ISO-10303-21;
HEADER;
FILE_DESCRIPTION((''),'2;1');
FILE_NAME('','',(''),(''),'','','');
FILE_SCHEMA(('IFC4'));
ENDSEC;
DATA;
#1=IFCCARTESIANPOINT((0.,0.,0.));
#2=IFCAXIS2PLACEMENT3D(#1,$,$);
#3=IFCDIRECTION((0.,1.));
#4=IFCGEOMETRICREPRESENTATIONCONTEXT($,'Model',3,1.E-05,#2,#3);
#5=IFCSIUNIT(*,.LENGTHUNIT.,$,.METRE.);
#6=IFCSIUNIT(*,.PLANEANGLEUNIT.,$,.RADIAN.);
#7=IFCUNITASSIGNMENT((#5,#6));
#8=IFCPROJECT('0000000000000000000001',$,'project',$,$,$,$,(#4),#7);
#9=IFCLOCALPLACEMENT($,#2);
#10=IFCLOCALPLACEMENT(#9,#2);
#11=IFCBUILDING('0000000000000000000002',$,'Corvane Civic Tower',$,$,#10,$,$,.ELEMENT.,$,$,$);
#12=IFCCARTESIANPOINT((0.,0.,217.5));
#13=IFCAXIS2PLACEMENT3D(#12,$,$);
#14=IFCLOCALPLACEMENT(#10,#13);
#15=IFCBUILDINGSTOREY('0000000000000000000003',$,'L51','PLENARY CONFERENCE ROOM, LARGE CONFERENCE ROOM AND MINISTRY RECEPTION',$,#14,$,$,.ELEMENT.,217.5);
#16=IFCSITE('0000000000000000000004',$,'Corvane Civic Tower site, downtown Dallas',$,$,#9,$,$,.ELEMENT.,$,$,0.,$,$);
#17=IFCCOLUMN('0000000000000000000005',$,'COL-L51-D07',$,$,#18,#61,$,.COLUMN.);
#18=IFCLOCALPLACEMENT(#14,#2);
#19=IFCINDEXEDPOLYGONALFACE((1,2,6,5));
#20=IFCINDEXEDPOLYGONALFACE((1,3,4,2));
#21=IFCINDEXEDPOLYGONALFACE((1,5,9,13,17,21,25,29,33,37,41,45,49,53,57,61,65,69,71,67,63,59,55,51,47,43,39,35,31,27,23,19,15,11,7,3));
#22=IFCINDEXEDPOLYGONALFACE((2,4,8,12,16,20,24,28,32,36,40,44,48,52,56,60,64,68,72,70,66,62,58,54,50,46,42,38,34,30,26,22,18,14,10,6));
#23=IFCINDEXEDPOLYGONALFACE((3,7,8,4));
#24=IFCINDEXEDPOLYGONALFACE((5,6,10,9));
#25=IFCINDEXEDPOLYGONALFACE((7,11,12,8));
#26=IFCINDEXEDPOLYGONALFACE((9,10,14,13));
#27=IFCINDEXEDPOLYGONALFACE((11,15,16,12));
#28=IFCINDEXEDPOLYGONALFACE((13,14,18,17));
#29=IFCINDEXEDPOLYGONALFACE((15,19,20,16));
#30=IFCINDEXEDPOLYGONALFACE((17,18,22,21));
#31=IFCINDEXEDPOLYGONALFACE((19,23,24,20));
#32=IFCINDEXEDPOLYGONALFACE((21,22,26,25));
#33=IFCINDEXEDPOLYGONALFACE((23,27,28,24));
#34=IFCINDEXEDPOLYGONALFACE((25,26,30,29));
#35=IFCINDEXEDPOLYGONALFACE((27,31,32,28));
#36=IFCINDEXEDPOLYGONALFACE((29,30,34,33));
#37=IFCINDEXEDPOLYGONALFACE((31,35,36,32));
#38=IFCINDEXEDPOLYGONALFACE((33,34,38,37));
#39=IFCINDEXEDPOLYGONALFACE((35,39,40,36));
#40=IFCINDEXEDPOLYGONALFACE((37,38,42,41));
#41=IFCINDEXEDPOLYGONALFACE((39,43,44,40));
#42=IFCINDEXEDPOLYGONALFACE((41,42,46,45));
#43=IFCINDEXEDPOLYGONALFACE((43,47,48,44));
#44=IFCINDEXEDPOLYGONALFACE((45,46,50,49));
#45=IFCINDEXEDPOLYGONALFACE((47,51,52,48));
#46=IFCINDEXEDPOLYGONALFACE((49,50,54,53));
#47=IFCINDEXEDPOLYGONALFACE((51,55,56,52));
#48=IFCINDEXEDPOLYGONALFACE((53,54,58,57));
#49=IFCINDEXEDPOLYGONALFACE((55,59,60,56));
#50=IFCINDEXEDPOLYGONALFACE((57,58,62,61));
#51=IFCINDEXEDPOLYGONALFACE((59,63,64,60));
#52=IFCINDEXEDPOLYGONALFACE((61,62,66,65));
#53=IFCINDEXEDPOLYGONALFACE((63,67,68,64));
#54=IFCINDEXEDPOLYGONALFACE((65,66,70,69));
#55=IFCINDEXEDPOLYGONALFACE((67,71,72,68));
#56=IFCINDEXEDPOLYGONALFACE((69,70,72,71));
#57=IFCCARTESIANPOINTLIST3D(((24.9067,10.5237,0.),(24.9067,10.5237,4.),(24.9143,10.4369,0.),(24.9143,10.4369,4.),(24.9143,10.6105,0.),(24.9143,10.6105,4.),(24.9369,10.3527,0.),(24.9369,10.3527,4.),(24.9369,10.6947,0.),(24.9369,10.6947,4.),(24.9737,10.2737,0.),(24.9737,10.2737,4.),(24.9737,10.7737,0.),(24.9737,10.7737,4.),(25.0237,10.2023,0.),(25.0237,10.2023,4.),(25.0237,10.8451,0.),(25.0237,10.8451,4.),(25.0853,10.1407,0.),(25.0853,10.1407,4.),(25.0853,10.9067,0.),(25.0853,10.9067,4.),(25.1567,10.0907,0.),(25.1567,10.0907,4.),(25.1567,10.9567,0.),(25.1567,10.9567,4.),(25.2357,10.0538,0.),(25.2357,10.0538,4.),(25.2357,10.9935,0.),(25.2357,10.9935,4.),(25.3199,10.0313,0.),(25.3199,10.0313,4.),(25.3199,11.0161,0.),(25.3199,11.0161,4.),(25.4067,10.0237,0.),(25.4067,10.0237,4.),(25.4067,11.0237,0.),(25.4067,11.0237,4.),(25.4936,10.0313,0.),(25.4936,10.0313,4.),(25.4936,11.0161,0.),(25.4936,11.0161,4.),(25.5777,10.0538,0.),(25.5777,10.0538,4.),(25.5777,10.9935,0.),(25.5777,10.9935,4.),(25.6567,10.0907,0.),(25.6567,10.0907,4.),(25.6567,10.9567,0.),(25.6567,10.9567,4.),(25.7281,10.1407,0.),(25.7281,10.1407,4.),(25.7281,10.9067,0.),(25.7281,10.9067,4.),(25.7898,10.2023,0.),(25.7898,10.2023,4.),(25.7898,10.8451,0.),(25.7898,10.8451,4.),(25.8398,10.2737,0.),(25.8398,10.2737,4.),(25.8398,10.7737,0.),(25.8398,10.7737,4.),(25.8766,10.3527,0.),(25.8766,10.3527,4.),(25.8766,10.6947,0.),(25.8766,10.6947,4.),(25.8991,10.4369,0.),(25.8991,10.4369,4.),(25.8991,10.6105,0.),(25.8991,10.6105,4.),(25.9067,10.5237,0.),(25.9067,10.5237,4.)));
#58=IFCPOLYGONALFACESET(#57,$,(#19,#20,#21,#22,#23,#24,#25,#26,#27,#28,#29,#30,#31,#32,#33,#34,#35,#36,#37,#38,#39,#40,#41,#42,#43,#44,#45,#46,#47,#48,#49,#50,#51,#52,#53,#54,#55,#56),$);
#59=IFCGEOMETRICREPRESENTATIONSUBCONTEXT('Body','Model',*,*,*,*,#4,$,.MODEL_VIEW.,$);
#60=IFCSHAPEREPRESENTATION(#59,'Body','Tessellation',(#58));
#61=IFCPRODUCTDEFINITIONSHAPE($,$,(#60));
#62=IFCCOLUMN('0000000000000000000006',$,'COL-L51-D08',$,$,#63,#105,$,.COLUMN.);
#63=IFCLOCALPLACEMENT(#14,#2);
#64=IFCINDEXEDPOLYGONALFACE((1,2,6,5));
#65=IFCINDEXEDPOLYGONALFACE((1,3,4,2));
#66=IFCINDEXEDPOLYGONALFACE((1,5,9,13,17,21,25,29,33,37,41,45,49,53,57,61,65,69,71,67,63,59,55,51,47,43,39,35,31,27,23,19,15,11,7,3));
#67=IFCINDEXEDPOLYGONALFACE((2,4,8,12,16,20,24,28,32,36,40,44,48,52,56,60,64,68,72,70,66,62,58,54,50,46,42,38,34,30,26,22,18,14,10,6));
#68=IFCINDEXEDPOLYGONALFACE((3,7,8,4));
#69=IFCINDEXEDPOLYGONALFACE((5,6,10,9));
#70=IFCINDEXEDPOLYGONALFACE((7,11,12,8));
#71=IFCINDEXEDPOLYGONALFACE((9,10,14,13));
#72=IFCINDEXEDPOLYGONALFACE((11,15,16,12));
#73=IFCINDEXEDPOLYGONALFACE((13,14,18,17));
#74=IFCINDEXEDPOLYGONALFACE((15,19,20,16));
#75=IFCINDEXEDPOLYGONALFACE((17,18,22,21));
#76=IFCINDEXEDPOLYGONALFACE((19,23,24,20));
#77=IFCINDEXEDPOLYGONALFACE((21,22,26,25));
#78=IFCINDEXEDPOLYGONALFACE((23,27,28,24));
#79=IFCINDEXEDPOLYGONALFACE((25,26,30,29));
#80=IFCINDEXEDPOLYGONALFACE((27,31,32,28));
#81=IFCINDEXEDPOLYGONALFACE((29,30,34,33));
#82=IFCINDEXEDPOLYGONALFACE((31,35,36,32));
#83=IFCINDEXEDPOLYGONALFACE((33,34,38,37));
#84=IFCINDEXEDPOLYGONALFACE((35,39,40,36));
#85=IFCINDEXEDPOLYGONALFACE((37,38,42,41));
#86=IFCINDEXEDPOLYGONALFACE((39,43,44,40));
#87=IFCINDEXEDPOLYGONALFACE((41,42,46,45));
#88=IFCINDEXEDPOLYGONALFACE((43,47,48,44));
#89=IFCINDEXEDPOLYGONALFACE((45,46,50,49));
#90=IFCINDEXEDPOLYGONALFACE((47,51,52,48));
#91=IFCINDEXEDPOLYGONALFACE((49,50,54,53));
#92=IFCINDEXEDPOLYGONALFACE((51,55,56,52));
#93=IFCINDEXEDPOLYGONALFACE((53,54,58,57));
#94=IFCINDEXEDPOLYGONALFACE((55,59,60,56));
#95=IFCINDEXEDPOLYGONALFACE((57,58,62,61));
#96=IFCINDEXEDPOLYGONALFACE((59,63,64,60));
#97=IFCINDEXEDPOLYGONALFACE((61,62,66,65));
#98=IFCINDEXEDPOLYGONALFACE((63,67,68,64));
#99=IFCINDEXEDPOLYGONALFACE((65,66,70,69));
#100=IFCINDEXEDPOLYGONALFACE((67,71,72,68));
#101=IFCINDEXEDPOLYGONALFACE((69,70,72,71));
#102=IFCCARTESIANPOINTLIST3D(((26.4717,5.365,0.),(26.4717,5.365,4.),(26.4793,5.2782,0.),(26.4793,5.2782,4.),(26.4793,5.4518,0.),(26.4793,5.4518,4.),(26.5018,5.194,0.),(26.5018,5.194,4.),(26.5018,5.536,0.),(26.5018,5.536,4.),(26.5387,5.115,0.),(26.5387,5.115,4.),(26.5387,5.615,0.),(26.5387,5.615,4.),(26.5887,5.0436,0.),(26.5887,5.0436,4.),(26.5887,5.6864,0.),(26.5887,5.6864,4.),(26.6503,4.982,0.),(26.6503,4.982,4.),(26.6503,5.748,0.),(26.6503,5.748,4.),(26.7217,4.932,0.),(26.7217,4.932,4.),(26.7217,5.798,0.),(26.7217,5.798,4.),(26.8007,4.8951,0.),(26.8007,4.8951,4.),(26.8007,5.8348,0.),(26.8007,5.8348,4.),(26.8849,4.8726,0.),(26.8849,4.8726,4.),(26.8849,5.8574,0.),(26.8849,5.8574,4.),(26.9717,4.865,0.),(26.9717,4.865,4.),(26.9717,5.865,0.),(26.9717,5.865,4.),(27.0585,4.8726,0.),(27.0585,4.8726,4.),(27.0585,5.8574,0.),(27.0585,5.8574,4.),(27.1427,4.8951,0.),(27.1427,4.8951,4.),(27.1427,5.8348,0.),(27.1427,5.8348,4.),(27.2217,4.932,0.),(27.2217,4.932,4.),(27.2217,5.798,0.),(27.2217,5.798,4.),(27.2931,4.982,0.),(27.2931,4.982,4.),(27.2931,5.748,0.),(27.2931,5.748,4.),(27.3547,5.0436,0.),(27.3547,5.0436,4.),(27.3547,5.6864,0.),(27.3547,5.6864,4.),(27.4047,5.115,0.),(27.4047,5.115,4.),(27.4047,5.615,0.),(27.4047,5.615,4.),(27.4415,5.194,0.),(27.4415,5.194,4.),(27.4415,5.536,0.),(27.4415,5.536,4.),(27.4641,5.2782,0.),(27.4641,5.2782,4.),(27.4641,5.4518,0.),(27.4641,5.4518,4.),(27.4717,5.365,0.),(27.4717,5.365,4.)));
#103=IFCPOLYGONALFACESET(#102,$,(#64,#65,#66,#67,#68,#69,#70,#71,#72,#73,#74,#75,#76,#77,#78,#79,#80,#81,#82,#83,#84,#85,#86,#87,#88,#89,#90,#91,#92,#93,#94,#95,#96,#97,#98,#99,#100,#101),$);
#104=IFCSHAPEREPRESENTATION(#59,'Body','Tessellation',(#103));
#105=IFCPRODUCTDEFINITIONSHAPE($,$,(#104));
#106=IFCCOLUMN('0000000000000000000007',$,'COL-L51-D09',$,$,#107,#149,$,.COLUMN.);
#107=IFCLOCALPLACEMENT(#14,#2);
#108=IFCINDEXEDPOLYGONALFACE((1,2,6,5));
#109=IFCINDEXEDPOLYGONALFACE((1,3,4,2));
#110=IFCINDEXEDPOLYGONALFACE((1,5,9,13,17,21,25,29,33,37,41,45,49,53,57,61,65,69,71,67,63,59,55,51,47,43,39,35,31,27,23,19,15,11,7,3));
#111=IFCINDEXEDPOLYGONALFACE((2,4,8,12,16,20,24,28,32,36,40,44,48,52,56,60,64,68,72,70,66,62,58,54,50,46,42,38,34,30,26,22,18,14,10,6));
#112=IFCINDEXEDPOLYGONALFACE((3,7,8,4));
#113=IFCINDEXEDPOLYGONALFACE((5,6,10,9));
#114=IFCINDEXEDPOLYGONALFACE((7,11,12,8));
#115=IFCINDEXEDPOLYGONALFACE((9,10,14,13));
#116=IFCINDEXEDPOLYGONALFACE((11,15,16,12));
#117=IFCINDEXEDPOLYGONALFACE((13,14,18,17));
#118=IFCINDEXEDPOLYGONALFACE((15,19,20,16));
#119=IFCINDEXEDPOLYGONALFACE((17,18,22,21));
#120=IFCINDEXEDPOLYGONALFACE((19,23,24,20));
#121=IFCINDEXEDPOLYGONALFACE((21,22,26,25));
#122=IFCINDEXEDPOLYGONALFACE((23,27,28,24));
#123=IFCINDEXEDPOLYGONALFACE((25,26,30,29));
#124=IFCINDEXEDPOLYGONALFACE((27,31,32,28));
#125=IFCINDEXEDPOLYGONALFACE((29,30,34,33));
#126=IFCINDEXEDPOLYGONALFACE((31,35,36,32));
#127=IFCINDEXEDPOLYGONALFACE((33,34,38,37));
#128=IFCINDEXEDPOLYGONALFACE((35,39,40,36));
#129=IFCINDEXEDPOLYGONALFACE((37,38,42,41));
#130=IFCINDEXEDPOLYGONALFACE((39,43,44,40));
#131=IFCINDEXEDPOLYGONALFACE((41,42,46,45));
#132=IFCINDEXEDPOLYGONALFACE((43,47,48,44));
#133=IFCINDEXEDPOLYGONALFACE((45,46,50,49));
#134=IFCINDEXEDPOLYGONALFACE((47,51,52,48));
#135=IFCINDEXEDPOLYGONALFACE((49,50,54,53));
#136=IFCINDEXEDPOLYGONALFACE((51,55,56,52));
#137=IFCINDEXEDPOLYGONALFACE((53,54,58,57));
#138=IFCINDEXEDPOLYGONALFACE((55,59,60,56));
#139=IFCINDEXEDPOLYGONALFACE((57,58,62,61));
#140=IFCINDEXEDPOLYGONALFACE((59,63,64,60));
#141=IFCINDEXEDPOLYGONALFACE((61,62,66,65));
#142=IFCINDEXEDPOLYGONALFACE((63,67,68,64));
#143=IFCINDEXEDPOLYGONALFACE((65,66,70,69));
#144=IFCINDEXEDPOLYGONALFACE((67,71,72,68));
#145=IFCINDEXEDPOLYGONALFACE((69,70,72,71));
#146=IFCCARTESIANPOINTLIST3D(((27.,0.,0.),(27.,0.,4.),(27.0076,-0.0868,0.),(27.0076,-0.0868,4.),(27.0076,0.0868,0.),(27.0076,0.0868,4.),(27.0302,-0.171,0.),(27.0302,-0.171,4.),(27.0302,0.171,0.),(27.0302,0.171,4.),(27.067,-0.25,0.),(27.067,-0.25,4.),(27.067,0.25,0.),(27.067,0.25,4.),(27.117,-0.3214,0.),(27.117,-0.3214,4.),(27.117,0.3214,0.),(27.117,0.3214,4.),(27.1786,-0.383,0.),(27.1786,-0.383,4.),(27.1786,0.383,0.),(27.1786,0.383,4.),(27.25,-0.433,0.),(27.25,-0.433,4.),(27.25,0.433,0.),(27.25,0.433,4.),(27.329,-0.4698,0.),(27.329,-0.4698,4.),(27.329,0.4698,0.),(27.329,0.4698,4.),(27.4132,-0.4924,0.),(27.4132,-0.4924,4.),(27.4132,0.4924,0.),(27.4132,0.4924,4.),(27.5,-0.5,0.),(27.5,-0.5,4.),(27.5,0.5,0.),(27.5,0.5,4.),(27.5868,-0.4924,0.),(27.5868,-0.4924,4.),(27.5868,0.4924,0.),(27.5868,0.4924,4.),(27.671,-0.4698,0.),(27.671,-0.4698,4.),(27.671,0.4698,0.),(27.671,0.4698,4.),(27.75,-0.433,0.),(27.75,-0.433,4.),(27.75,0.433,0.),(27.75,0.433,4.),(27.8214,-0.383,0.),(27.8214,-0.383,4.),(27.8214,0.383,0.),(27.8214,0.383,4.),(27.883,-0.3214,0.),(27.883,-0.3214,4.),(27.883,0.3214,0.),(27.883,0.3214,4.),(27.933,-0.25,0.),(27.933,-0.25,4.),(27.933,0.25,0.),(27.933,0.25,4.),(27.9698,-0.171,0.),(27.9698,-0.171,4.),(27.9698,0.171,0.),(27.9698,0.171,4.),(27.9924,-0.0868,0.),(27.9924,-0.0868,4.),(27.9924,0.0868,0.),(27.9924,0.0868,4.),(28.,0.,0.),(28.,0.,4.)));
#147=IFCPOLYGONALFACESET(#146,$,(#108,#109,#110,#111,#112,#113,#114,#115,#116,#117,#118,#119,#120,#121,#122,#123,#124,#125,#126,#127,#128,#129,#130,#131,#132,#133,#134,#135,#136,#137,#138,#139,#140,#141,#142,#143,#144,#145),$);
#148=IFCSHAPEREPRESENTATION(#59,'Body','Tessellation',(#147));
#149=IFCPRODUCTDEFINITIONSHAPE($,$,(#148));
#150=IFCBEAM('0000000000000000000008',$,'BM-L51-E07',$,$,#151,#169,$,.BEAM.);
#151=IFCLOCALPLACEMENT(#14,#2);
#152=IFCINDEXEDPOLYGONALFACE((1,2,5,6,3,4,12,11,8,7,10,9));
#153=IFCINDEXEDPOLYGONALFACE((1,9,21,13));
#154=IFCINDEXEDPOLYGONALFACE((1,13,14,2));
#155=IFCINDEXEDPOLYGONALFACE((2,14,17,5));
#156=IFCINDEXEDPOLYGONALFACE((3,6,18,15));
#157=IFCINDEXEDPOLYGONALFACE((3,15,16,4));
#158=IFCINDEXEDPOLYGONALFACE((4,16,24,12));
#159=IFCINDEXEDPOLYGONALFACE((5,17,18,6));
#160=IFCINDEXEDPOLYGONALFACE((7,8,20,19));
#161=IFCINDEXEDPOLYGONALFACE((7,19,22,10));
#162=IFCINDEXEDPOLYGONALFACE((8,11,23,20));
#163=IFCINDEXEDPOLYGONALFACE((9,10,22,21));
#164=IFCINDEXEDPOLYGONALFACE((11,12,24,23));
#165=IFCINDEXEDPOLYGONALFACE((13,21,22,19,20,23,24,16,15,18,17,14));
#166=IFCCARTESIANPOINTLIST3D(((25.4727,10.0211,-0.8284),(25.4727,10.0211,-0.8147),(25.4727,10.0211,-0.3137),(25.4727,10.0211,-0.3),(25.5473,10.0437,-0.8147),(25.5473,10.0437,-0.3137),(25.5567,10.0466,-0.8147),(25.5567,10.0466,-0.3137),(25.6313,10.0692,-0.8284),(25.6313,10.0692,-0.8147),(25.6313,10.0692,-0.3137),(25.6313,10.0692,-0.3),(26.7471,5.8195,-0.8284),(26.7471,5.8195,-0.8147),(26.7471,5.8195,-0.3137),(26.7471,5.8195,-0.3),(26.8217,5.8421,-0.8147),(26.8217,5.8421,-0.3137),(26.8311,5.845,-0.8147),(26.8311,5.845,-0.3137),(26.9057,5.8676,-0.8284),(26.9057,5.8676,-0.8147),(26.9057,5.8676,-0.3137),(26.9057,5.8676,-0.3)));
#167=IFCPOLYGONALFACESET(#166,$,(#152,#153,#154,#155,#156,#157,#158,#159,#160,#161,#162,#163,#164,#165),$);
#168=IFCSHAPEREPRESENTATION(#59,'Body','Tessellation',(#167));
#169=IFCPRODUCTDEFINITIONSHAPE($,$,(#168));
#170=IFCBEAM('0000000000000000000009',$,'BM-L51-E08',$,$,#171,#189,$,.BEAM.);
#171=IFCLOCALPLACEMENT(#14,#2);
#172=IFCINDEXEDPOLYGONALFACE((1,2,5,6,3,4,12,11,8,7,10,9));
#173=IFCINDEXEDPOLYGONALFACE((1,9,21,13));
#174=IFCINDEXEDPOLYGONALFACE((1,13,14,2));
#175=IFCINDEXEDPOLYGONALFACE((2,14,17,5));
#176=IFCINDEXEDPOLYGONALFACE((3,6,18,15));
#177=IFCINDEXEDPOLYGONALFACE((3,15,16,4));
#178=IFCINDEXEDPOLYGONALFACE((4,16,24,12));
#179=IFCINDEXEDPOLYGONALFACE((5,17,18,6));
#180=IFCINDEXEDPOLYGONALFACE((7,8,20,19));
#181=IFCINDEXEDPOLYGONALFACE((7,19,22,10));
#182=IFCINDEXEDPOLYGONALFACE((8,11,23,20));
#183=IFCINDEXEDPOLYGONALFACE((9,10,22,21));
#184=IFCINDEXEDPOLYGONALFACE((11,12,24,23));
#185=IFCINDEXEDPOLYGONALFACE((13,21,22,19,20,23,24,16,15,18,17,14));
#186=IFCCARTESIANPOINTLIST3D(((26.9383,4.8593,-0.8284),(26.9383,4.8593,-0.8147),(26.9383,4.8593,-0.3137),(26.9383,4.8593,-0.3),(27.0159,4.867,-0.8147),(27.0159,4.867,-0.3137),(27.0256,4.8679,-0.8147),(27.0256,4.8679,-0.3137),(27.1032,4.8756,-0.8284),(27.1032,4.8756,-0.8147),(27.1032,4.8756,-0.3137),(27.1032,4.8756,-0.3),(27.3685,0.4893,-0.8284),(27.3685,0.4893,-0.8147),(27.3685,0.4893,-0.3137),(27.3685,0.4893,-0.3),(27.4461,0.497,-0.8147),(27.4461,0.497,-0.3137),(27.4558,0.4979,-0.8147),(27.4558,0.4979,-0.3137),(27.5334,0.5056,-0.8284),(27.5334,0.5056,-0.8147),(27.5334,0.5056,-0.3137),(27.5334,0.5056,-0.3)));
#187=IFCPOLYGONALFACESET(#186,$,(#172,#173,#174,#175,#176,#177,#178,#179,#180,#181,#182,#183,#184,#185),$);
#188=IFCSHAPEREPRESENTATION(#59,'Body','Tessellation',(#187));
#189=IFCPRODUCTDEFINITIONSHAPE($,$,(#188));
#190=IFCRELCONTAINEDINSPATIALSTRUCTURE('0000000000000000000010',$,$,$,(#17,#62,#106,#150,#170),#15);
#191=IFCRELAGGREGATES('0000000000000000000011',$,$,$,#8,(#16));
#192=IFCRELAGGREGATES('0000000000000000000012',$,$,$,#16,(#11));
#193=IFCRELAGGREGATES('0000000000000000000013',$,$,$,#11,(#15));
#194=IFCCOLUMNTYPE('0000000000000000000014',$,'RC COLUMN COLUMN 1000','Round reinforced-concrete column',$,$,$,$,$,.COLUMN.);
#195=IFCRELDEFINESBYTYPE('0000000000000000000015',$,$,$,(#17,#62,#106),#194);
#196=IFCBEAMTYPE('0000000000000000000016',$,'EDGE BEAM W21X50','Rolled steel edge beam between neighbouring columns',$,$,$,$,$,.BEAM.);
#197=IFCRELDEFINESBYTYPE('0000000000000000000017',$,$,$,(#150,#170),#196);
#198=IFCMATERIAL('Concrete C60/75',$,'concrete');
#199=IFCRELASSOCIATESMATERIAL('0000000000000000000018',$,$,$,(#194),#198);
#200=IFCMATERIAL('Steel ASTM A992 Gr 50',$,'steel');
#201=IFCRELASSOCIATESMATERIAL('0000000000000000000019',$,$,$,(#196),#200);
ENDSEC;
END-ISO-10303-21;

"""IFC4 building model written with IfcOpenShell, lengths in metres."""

from ifc_helpers import new_model, si_unit, direction, frame, origin, origin_2d, place, context, subcontext, project, spatial, circle, i_section, extrude, material, material_profile, profile_set, type_object, element, save


model = new_model("IFC4")

# Units and contexts
model_context = context("Model", 3, precision=1e-05, world=origin(), true_north=direction((0.0, 1.0)))
body_context = subcontext(model_context, "Body", "Model", "MODEL_VIEW")
ifc_project = project(units=[si_unit("LENGTHUNIT", "METRE"), si_unit("PLANEANGLEUNIT", "RADIAN")], contexts=[model_context])

# Site, building, storey
site_placement = place(None, origin())
site = spatial("IfcSite", under=ifc_project, at=site_placement, Name="Corvane Civic Tower site, downtown Dallas", CompositionType="ELEMENT", RefElevation=0.0)
building_placement = place(site_placement, origin())
building = spatial("IfcBuilding", under=site, at=building_placement, Name="Corvane Civic Tower", CompositionType="ELEMENT")
storey_placement = place(building_placement, frame((0.0, 0.0, 217.5)))
storey = spatial("IfcBuildingStorey", under=building, at=storey_placement, Name="L51", Description="PLENARY CONFERENCE ROOM, LARGE CONFERENCE ROOM AND MINISTRY RECEPTION", CompositionType="ELEMENT", Elevation=217.5)

# Columns
ifc_material_1 = material(Name="Concrete C60/75", Category="concrete")
ifc_material_profile_1 = material_profile(ifc_material_1, circle(Radius=0.5, at=origin_2d()), Name="COLUMN 1000")
ifc_profile_set_1 = profile_set([ifc_material_profile_1], Name="Concrete C60/75")
column_type = type_object("IfcColumnType", Name="RC COLUMN COLUMN 1000", Description="Round reinforced-concrete column", PredefinedType="COLUMN", material=ifc_profile_set_1)
for number, where, z_axis, x_axis, name in (
    (1, (25.4067, 10.5237, 0.0), (0.0, 0.0, 1.0), (1.0, 0.0, 0.0), "COL-L51-D07"),
    (2, (26.9717, 5.365, 0.0), (0.0, 0.0, 1.0), (1.0, 0.0, 0.0), "COL-L51-D08"),
    (3, (27.5, 0.0, 0.0), (0.0, 0.0, 1.0), (1.0, 0.0, 0.0), "COL-L51-D09"),
):
    element("IfcColumn", number, at=place(storey_placement, frame(where, z_axis=z_axis, x_axis=x_axis)), inside=storey, type_object=column_type, Name=name, PredefinedType="COLUMN", context=body_context, shape_type="SweptSolid", body=[
        extrude(circle(Radius=0.5, at=origin_2d()), origin(), (0.0, 0.0, 1.0), 4.0),
    ])

# Beams
ifc_material_2 = material(Name="Steel ASTM A992 Gr 50", Category="steel")
ifc_material_profile_2 = material_profile(ifc_material_2, i_section(OverallWidth=0.1658, OverallDepth=0.5283, WebThickness=0.0098, FlangeThickness=0.0137, at=origin_2d()), Name="W21X50")
ifc_profile_set_2 = profile_set([ifc_material_profile_2], Name="Steel ASTM A992 Gr 50")
beam_type_1 = type_object("IfcBeamType", Name="EDGE BEAM W21X50", Description="Rolled steel edge beam between neighbouring columns", PredefinedType="BEAM", material=ifc_profile_set_2)
beam_1_placement = place(storey_placement, frame((25.552, 10.0452, -0.5642), z_axis=(0.290254, -0.95695, 0.0), x_axis=(0.95695, 0.290254, 0.0)))
element("IfcBeam", 4, at=beam_1_placement, inside=storey, type_object=beam_type_1, Name="BM-L51-E07", PredefinedType="BEAM", context=body_context, shape_type="SweptSolid", body=[
    extrude(i_section(OverallWidth=0.1658, OverallDepth=0.5283, WebThickness=0.0098, FlangeThickness=0.0137, at=origin_2d()), origin(), (0.0, 0.0, 1.0), 4.3906),
])
beam_2_placement = place(storey_placement, frame((27.0208, 4.8674, -0.5642), z_axis=(0.097968, -0.99519, 0.0), x_axis=(0.99519, 0.097968, 0.0)))
element("IfcBeam", 5, at=beam_2_placement, inside=storey, type_object=beam_type_1, Name="BM-L51-E08", PredefinedType="BEAM", context=body_context, shape_type="SweptSolid", body=[
    extrude(i_section(OverallWidth=0.1658, OverallDepth=0.5283, WebThickness=0.0098, FlangeThickness=0.0137, at=origin_2d()), origin(), (0.0, 0.0, 1.0), 4.3911),
])

save(model, "model.ifc")
